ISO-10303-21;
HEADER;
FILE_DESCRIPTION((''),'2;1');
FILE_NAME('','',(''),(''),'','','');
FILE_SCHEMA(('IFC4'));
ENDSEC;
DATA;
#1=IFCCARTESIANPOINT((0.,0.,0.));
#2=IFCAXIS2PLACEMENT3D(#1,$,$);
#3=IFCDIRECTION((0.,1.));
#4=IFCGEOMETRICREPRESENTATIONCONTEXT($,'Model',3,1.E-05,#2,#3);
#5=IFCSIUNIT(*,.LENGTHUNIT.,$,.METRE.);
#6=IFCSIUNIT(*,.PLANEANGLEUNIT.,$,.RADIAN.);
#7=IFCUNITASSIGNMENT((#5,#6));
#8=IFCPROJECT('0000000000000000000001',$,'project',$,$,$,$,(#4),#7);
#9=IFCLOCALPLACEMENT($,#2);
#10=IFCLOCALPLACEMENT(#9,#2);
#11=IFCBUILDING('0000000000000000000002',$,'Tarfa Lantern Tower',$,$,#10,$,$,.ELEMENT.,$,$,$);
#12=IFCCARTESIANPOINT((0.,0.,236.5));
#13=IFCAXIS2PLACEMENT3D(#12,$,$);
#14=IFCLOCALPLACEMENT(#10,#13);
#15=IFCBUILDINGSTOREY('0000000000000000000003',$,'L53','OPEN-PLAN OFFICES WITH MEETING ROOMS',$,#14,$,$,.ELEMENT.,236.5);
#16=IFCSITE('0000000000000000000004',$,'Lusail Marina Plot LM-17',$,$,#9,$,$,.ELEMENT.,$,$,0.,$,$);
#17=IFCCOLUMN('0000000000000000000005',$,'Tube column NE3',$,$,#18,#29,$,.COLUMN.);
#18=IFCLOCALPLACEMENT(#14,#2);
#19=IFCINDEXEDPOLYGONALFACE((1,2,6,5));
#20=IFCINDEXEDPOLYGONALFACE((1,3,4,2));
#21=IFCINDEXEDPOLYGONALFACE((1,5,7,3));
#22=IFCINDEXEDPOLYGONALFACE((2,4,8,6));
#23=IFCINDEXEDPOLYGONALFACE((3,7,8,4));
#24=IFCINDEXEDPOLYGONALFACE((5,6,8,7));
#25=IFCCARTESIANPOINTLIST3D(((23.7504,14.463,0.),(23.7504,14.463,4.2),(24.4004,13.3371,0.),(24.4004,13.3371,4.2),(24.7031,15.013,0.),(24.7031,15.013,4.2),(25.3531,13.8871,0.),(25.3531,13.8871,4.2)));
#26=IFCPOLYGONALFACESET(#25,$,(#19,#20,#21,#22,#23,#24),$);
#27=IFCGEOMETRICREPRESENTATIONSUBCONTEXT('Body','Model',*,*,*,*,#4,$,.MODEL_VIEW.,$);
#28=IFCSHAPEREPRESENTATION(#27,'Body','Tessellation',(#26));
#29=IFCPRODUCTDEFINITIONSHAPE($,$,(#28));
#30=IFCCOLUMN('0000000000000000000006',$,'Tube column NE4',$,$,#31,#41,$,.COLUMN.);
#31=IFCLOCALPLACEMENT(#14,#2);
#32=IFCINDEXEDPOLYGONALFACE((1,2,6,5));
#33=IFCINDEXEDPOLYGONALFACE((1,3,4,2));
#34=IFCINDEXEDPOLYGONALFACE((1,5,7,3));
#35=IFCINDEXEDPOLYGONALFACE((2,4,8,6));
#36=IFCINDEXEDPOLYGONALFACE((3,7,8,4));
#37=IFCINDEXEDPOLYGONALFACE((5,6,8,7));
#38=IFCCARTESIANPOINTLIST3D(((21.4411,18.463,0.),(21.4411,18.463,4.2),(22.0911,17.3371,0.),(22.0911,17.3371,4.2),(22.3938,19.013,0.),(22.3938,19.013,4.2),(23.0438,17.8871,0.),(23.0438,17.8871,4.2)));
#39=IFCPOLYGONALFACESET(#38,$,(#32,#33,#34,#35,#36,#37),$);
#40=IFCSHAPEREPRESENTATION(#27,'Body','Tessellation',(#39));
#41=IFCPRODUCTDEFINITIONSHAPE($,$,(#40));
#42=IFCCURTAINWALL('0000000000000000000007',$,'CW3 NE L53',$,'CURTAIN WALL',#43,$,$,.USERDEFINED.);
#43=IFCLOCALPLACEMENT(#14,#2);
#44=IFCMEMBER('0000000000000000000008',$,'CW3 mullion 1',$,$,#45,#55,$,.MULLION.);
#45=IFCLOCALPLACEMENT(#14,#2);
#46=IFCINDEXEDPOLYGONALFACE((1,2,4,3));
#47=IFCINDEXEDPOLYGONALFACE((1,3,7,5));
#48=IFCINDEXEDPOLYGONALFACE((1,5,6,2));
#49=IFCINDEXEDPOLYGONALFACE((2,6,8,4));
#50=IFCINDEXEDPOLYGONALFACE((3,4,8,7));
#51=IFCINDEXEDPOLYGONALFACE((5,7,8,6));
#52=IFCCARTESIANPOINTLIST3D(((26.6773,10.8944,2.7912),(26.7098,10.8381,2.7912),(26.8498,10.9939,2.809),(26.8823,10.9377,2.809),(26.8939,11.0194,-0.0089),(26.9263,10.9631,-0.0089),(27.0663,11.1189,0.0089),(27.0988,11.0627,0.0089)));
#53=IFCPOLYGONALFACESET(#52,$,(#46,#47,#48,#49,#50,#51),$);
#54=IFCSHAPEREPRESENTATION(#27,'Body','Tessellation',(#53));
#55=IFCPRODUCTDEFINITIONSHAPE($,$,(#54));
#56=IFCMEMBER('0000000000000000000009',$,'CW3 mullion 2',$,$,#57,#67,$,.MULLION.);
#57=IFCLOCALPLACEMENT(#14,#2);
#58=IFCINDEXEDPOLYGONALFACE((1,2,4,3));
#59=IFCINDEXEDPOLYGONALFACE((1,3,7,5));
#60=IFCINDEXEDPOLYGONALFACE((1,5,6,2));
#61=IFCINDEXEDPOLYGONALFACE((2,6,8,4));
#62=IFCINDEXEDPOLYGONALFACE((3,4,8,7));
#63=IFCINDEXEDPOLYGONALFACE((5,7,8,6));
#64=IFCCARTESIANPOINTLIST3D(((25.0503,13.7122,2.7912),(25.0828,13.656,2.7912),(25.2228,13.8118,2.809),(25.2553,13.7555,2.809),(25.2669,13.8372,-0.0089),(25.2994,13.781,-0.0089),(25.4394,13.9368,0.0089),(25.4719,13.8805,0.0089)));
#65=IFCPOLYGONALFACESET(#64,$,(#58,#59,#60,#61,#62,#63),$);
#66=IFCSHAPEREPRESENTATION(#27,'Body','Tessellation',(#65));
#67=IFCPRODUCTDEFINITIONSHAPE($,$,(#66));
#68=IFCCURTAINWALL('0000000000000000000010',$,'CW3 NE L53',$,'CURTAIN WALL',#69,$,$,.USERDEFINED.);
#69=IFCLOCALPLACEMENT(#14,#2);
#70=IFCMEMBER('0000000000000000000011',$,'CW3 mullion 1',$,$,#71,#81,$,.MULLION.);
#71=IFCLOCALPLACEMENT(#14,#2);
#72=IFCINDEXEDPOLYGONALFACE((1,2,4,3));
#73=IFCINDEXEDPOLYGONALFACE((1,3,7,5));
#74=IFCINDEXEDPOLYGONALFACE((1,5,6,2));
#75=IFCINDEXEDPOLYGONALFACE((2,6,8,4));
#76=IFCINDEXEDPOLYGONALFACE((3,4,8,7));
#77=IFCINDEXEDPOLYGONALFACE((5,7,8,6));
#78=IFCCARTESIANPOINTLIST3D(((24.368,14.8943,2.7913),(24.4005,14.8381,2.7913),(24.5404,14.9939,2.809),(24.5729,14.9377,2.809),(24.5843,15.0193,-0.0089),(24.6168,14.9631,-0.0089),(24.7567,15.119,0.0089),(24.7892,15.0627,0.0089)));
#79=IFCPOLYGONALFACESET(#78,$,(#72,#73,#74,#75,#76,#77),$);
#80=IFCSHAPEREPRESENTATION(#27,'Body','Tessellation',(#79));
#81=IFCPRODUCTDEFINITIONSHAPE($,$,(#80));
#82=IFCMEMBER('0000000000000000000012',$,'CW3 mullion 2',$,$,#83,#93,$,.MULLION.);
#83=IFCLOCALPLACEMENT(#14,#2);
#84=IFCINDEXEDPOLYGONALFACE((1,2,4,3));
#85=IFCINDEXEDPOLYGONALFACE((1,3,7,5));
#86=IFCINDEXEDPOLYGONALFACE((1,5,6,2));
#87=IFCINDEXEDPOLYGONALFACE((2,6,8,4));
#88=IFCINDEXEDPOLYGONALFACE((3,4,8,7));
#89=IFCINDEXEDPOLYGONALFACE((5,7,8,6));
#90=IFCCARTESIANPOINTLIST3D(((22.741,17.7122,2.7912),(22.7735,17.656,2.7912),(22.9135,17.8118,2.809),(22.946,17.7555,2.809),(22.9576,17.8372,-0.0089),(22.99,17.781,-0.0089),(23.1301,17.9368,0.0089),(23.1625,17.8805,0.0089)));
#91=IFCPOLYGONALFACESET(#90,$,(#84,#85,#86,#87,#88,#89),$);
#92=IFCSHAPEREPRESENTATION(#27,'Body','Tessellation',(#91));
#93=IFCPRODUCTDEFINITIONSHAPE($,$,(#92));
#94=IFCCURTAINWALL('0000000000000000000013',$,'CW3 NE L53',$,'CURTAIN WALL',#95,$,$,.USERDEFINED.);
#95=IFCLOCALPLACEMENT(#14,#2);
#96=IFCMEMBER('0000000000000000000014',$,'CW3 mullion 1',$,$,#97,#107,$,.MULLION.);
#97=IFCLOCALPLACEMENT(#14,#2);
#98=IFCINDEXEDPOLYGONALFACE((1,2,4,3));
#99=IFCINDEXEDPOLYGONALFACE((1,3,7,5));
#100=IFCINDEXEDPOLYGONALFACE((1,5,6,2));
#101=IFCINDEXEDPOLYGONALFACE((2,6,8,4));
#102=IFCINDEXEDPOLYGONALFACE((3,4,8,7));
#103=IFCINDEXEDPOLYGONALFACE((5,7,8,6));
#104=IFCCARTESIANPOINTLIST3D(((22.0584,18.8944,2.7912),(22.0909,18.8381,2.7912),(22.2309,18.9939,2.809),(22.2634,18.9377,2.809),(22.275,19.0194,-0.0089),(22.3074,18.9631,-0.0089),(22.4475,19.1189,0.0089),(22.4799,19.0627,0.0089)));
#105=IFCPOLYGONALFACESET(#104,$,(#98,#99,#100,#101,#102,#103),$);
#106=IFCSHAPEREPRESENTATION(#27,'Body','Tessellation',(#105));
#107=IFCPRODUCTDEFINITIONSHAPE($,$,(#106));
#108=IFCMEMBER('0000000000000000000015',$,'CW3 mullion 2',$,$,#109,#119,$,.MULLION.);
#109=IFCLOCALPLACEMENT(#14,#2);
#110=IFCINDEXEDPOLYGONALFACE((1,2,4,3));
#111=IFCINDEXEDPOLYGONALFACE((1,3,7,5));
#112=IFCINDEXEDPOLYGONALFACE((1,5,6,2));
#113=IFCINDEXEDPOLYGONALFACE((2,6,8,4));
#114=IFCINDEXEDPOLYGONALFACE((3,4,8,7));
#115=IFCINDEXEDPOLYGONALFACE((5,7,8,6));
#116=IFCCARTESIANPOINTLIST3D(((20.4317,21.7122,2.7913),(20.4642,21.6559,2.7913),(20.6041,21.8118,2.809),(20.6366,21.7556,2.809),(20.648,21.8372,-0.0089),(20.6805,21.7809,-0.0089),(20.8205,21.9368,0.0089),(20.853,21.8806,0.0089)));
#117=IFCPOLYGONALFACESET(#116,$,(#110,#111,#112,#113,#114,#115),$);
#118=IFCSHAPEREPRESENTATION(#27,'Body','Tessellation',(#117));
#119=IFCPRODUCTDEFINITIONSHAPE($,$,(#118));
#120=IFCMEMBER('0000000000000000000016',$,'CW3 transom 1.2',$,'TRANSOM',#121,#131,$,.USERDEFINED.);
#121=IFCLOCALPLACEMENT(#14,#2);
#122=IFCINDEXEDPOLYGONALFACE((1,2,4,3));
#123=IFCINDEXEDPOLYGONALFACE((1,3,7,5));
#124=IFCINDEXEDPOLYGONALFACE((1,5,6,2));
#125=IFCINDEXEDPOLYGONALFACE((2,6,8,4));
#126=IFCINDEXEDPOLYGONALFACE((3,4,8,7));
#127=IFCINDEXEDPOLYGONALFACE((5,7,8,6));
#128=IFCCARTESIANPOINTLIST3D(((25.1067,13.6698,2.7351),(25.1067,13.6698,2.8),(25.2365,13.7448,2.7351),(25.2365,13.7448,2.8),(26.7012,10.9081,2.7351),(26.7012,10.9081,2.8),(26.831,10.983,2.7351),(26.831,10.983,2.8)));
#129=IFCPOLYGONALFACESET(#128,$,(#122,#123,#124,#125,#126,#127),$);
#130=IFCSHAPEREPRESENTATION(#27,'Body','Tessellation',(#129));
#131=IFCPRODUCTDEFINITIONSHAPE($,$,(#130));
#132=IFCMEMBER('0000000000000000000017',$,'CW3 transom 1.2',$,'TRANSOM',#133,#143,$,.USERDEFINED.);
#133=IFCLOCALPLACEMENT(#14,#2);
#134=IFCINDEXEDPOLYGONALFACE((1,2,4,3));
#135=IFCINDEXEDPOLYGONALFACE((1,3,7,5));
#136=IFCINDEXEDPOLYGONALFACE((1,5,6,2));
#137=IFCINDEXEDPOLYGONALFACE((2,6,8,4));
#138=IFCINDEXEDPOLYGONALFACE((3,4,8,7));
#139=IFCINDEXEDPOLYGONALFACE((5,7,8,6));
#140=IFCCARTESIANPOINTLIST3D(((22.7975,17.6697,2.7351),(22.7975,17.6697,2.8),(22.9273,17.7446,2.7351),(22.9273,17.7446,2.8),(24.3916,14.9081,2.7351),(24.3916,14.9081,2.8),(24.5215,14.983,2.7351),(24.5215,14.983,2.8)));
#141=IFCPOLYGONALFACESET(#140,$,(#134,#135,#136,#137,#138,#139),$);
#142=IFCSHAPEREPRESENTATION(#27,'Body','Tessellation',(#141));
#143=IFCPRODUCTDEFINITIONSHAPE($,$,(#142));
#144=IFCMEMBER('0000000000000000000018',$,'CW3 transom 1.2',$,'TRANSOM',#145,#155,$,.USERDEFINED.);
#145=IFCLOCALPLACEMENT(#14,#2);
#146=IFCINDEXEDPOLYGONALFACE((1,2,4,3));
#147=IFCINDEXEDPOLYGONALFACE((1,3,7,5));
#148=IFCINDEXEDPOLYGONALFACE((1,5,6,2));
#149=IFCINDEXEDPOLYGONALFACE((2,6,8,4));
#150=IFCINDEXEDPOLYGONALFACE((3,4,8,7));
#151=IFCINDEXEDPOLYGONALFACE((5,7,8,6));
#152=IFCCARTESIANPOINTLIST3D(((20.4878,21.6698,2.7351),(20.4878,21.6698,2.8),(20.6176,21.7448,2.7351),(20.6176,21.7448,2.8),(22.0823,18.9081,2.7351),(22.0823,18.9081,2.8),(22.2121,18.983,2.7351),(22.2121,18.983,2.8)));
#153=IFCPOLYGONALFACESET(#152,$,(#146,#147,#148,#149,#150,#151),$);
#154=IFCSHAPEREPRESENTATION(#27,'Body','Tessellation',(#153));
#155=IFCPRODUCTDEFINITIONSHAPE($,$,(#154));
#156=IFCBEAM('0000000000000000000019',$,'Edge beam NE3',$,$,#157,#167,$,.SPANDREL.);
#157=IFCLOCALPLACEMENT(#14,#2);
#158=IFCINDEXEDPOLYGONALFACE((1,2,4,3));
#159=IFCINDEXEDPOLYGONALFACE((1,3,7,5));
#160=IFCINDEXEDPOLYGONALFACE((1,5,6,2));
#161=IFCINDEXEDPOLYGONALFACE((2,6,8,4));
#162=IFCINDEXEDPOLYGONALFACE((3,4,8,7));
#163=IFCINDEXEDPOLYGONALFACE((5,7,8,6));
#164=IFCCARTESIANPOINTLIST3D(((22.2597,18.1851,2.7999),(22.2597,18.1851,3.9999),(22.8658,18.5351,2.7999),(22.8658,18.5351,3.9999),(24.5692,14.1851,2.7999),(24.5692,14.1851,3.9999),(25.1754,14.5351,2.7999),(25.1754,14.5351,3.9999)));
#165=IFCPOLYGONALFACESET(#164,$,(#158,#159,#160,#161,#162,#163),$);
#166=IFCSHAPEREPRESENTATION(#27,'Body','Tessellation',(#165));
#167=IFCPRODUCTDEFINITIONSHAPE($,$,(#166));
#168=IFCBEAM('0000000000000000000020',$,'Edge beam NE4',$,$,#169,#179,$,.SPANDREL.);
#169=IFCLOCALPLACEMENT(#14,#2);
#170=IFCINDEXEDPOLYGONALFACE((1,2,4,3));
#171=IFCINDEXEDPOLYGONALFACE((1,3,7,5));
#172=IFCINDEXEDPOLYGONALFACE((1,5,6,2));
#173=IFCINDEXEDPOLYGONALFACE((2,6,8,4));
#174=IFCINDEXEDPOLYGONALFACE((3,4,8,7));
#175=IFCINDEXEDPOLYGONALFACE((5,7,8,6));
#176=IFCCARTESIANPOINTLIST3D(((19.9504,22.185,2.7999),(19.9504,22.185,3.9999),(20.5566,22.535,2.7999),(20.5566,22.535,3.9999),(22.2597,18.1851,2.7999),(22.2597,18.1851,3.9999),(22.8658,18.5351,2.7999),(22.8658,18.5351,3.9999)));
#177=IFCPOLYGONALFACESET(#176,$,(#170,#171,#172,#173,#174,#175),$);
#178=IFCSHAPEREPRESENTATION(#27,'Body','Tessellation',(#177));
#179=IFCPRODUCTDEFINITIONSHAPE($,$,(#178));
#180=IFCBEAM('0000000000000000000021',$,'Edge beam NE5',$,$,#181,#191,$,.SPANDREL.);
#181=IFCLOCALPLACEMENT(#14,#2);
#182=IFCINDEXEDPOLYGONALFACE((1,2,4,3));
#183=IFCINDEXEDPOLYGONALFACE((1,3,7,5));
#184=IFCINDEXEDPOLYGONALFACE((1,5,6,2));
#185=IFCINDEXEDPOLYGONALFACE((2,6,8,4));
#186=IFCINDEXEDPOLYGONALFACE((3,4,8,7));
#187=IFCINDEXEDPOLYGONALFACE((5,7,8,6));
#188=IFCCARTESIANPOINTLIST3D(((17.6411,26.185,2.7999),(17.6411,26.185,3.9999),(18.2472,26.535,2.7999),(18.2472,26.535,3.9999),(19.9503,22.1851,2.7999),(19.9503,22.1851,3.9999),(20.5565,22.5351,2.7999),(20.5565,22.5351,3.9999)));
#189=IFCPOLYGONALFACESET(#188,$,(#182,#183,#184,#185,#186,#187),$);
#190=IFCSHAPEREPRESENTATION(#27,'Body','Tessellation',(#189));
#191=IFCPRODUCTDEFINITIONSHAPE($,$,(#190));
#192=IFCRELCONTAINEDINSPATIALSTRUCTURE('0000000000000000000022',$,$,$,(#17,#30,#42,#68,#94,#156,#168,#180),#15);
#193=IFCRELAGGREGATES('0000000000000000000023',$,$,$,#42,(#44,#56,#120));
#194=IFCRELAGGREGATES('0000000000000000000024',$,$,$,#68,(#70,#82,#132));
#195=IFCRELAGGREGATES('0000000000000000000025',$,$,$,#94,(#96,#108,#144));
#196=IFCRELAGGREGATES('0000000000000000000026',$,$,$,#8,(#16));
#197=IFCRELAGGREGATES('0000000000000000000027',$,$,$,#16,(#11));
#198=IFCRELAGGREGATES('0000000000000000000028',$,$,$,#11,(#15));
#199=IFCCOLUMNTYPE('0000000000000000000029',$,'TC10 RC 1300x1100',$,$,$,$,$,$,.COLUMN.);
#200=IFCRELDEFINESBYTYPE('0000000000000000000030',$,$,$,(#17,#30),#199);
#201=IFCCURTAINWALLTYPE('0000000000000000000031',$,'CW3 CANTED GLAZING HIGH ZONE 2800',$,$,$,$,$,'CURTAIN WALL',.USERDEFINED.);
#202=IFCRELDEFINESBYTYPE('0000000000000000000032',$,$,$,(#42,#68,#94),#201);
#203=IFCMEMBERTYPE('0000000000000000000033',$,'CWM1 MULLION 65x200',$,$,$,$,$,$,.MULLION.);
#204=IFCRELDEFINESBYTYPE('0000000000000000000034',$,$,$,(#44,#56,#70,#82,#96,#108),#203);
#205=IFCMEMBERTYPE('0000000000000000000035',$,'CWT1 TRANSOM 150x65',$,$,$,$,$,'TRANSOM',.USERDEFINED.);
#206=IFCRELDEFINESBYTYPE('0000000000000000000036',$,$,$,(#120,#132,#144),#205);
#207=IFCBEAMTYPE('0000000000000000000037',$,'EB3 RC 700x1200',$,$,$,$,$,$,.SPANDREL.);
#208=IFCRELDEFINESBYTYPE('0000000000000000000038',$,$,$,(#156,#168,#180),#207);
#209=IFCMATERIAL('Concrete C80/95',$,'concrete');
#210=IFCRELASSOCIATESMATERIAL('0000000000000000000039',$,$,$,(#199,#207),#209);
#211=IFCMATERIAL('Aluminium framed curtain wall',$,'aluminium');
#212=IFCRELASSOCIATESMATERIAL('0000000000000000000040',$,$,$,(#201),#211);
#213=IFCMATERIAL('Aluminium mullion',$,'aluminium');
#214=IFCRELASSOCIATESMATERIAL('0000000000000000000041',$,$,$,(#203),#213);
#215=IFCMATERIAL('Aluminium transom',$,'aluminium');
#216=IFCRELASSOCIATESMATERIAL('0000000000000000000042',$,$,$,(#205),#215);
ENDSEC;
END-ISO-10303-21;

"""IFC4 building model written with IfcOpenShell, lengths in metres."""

from ifc_helpers import new_model, si_unit, direction, frame, origin, origin_2d, place, context, subcontext, project, spatial, rectangle, extrude, material, material_profile, profile_set, type_object, element, aggregate, save


model = new_model("IFC4")

# Units and contexts
model_context = context("Model", 3, precision=1e-05, world=origin(), true_north=direction((0.0, 1.0)))
body_context = subcontext(model_context, "Body", "Model", "MODEL_VIEW")
ifc_project = project(units=[si_unit("LENGTHUNIT", "METRE"), si_unit("PLANEANGLEUNIT", "RADIAN")], contexts=[model_context])

# Site, building, storey
site_placement = place(None, origin())
site = spatial("IfcSite", under=ifc_project, at=site_placement, Name="Lusail Marina Plot LM-17", CompositionType="ELEMENT", RefElevation=0.0)
building_placement = place(site_placement, origin())
building = spatial("IfcBuilding", under=site, at=building_placement, Name="Tarfa Lantern Tower", CompositionType="ELEMENT")
storey_placement = place(building_placement, frame((0.0, 0.0, 236.5)))
storey = spatial("IfcBuildingStorey", under=building, at=storey_placement, Name="L53", Description="OPEN-PLAN OFFICES WITH MEETING ROOMS", CompositionType="ELEMENT", Elevation=236.5)

# Columns
ifc_material_1 = material(Name="Concrete C80/95", Category="concrete")
ifc_material_profile_1 = material_profile(ifc_material_1, rectangle(XDim=1.3, YDim=1.1001, at=origin_2d()), Name="RC 1300x1100")
ifc_profile_set_1 = profile_set([ifc_material_profile_1], Name="Concrete C80/95")
column_type = type_object("IfcColumnType", Name="TC10 RC 1300x1100", PredefinedType="COLUMN", material=ifc_profile_set_1)
for number, where, z_axis, x_axis, name in (
    (1, (24.5518, 14.175, 0.0), (0.0, 0.0, 1.0), (-0.5, 0.866025, 0.0), "Tube column NE3"),
    (2, (22.2424, 18.175, 0.0), (0.0, 0.0, 1.0), (-0.5, 0.866025, 0.0), "Tube column NE4"),
):
    element("IfcColumn", number, at=place(storey_placement, frame(where, z_axis=z_axis, x_axis=x_axis)), inside=storey, type_object=column_type, Name=name, PredefinedType="COLUMN", context=body_context, shape_type="SweptSolid", body=[
        extrude(rectangle(XDim=1.3, YDim=1.1001, at=origin_2d()), origin(), (0.0, 0.0, 1.0), 4.2),
    ])

# Curtain walls, members
ifc_material_2 = material(Name="Aluminium framed curtain wall", Category="aluminium")
curtain_wall_type = type_object("IfcCurtainWallType", Name="CW3 CANTED GLAZING HIGH ZONE 2800", ElementType="CURTAIN WALL", PredefinedType="USERDEFINED", material=ifc_material_2)
curtain_wall_1_placement = place(storey_placement, origin())
curtain_wall_1 = element("IfcCurtainWall", 3, at=curtain_wall_1_placement, inside=storey, type_object=curtain_wall_type, Name="CW3 NE L53", ObjectType="CURTAIN WALL", PredefinedType="USERDEFINED")
ifc_material_3 = material(Name="Aluminium mullion", Category="aluminium")
ifc_material_profile_2 = material_profile(ifc_material_3, rectangle(XDim=0.0649, YDim=0.2, at=origin_2d()), Name="AL MULLION 65x200")
ifc_profile_set_2 = profile_set([ifc_material_profile_2], Name="Aluminium mullion")
member_type_1 = type_object("IfcMemberType", Name="CWM1 MULLION 65x200", PredefinedType="MULLION", material=ifc_profile_set_2)
member_1_placement = place(storey_placement, frame((26.9963, 11.041, 0.0), z_axis=(-0.077032, -0.044465, 0.996037), x_axis=(0.49992, -0.866072, 0.0)))
member_1 = element("IfcMember", 4, at=member_1_placement, type_object=member_type_1, Name="CW3 mullion 1", PredefinedType="MULLION", context=body_context, shape_type="SweptSolid", body=[
    extrude(rectangle(XDim=0.0649, YDim=0.2, at=origin_2d()), origin(), (0.0, 0.0, 1.0), 2.8113),
])
member_2_placement = place(storey_placement, frame((25.3694, 13.8589, 0.0), z_axis=(-0.077032, -0.044465, 0.996037), x_axis=(0.49992, -0.866072, 0.0)))
member_2 = element("IfcMember", 5, at=member_2_placement, type_object=member_type_1, Name="CW3 mullion 2", PredefinedType="MULLION", context=body_context, shape_type="SweptSolid", body=[
    extrude(rectangle(XDim=0.0649, YDim=0.2, at=origin_2d()), origin(), (0.0, 0.0, 1.0), 2.8113),
])
curtain_wall_2_placement = place(storey_placement, origin())
curtain_wall_2 = element("IfcCurtainWall", 6, at=curtain_wall_2_placement, inside=storey, type_object=curtain_wall_type, Name="CW3 NE L53", ObjectType="CURTAIN WALL", PredefinedType="USERDEFINED")
member_3_placement = place(storey_placement, frame((24.6868, 15.041, 0.0), z_axis=(-0.076946, -0.044465, 0.996043), x_axis=(0.500343, -0.865827, 0.0)))
member_3 = element("IfcMember", 7, at=member_3_placement, type_object=member_type_1, Name="CW3 mullion 1", PredefinedType="MULLION", context=body_context, shape_type="SweptSolid", body=[
    extrude(rectangle(XDim=0.0649, YDim=0.2, at=origin_2d()), origin(), (0.0, 0.0, 1.0), 2.8113),
])
member_4_placement = place(storey_placement, frame((23.0601, 17.8589, 0.0), z_axis=(-0.077032, -0.044465, 0.996037), x_axis=(0.49992, -0.866072, 0.0)))
member_4 = element("IfcMember", 8, at=member_4_placement, type_object=member_type_1, Name="CW3 mullion 2", PredefinedType="MULLION", context=body_context, shape_type="SweptSolid", body=[
    extrude(rectangle(XDim=0.0649, YDim=0.2, at=origin_2d()), origin(), (0.0, 0.0, 1.0), 2.8113),
])
curtain_wall_3_placement = place(storey_placement, origin())
curtain_wall_3 = element("IfcCurtainWall", 9, at=curtain_wall_3_placement, inside=storey, type_object=curtain_wall_type, Name="CW3 NE L53", ObjectType="CURTAIN WALL", PredefinedType="USERDEFINED")
member_5_placement = place(storey_placement, frame((22.3774, 19.041, 0.0), z_axis=(-0.077032, -0.044465, 0.996037), x_axis=(0.49992, -0.866072, 0.0)))
member_5 = element("IfcMember", 10, at=member_5_placement, type_object=member_type_1, Name="CW3 mullion 1", PredefinedType="MULLION", context=body_context, shape_type="SweptSolid", body=[
    extrude(rectangle(XDim=0.0649, YDim=0.2, at=origin_2d()), origin(), (0.0, 0.0, 1.0), 2.8113),
])
member_6_placement = place(storey_placement, frame((20.7505, 21.8589, 0.0), z_axis=(-0.076946, -0.044465, 0.996043), x_axis=(0.500343, -0.865827, 0.0)))
member_6 = element("IfcMember", 11, at=member_6_placement, type_object=member_type_1, Name="CW3 mullion 2", PredefinedType="MULLION", context=body_context, shape_type="SweptSolid", body=[
    extrude(rectangle(XDim=0.0649, YDim=0.2, at=origin_2d()), origin(), (0.0, 0.0, 1.0), 2.8113),
])

# Members
ifc_material_4 = material(Name="Aluminium transom", Category="aluminium")
ifc_material_profile_3 = material_profile(ifc_material_4, rectangle(XDim=0.1499, YDim=0.0649, at=origin_2d()), Name="AL TRANSOM 150x65")
ifc_profile_set_3 = profile_set([ifc_material_profile_3], Name="Aluminium transom")
member_type_2 = type_object("IfcMemberType", Name="CWT1 TRANSOM 150x65", ElementType="TRANSOM", PredefinedType="USERDEFINED", material=ifc_profile_set_3)
member_7_placement = place(storey_placement, frame((26.7661, 10.9456, 2.7676), z_axis=(-0.500001, 0.866025, 0.0), x_axis=(-0.866025, -0.500001, 0.0)))
member_7 = element("IfcMember", 12, at=member_7_placement, type_object=member_type_2, Name="CW3 transom 1.2", ObjectType="TRANSOM", PredefinedType="USERDEFINED", context=body_context, shape_type="SweptSolid", body=[
    extrude(rectangle(XDim=0.1499, YDim=0.0649, at=origin_2d()), origin(), (0.0, 0.0, 1.0), 3.189),
])
member_8_placement = place(storey_placement, frame((24.4565, 14.9456, 2.7676), z_axis=(-0.499943, 0.866058, 0.0), x_axis=(-0.866058, -0.499943, 0.0)))
member_8 = element("IfcMember", 13, at=member_8_placement, type_object=member_type_2, Name="CW3 transom 1.2", ObjectType="TRANSOM", PredefinedType="USERDEFINED", context=body_context, shape_type="SweptSolid", body=[
    extrude(rectangle(XDim=0.1499, YDim=0.0649, at=origin_2d()), origin(), (0.0, 0.0, 1.0), 3.1887),
])
member_9_placement = place(storey_placement, frame((22.1472, 18.9456, 2.7676), z_axis=(-0.500001, 0.866025, 0.0), x_axis=(-0.866025, -0.500001, 0.0)))
member_9 = element("IfcMember", 14, at=member_9_placement, type_object=member_type_2, Name="CW3 transom 1.2", ObjectType="TRANSOM", PredefinedType="USERDEFINED", context=body_context, shape_type="SweptSolid", body=[
    extrude(rectangle(XDim=0.1499, YDim=0.0649, at=origin_2d()), origin(), (0.0, 0.0, 1.0), 3.189),
])

# Beams
ifc_material_profile_4 = material_profile(ifc_material_1, rectangle(XDim=0.7, YDim=1.2, at=origin_2d()), Name="RC 700x1200")
ifc_profile_set_4 = profile_set([ifc_material_profile_4], Name="Concrete C80/95")
beam_type_1 = type_object("IfcBeamType", Name="EB3 RC 700x1200", PredefinedType="SPANDREL", material=ifc_profile_set_4)
beam_1_placement = place(storey_placement, frame((24.8723, 14.3601, 3.3999), z_axis=(-0.500027, 0.86601, 0.0), x_axis=(-0.86601, -0.500027, 0.0)))
element("IfcBeam", 15, at=beam_1_placement, inside=storey, type_object=beam_type_1, Name="Edge beam NE3", PredefinedType="SPANDREL", context=body_context, shape_type="SweptSolid", body=[
    extrude(rectangle(XDim=0.7, YDim=1.2, at=origin_2d()), origin(), (0.0, 0.0, 1.0), 4.6189),
])
for number, where, z_axis, x_axis, name in (
    (16, (22.5627, 18.3601, 3.3999), (-0.499988, 0.866032, 0.0), (-0.866032, -0.499988, 0.0), "Edge beam NE4"),
    (17, (20.2534, 22.3601, 3.3999), (-0.499988, 0.866032, 0.0), (-0.866032, -0.499988, 0.0), "Edge beam NE5"),
):
    element("IfcBeam", number, at=place(storey_placement, frame(where, z_axis=z_axis, x_axis=x_axis)), inside=storey, type_object=beam_type_1, Name=name, PredefinedType="SPANDREL", context=body_context, shape_type="SweptSolid", body=[
        extrude(rectangle(XDim=0.7, YDim=1.2, at=origin_2d()), origin(), (0.0, 0.0, 1.0), 4.6187),
    ])

aggregate(curtain_wall_1, [member_1, member_2, member_7])
aggregate(curtain_wall_2, [member_3, member_4, member_8])
aggregate(curtain_wall_3, [member_5, member_6, member_9])

save(model, "model.ifc")
